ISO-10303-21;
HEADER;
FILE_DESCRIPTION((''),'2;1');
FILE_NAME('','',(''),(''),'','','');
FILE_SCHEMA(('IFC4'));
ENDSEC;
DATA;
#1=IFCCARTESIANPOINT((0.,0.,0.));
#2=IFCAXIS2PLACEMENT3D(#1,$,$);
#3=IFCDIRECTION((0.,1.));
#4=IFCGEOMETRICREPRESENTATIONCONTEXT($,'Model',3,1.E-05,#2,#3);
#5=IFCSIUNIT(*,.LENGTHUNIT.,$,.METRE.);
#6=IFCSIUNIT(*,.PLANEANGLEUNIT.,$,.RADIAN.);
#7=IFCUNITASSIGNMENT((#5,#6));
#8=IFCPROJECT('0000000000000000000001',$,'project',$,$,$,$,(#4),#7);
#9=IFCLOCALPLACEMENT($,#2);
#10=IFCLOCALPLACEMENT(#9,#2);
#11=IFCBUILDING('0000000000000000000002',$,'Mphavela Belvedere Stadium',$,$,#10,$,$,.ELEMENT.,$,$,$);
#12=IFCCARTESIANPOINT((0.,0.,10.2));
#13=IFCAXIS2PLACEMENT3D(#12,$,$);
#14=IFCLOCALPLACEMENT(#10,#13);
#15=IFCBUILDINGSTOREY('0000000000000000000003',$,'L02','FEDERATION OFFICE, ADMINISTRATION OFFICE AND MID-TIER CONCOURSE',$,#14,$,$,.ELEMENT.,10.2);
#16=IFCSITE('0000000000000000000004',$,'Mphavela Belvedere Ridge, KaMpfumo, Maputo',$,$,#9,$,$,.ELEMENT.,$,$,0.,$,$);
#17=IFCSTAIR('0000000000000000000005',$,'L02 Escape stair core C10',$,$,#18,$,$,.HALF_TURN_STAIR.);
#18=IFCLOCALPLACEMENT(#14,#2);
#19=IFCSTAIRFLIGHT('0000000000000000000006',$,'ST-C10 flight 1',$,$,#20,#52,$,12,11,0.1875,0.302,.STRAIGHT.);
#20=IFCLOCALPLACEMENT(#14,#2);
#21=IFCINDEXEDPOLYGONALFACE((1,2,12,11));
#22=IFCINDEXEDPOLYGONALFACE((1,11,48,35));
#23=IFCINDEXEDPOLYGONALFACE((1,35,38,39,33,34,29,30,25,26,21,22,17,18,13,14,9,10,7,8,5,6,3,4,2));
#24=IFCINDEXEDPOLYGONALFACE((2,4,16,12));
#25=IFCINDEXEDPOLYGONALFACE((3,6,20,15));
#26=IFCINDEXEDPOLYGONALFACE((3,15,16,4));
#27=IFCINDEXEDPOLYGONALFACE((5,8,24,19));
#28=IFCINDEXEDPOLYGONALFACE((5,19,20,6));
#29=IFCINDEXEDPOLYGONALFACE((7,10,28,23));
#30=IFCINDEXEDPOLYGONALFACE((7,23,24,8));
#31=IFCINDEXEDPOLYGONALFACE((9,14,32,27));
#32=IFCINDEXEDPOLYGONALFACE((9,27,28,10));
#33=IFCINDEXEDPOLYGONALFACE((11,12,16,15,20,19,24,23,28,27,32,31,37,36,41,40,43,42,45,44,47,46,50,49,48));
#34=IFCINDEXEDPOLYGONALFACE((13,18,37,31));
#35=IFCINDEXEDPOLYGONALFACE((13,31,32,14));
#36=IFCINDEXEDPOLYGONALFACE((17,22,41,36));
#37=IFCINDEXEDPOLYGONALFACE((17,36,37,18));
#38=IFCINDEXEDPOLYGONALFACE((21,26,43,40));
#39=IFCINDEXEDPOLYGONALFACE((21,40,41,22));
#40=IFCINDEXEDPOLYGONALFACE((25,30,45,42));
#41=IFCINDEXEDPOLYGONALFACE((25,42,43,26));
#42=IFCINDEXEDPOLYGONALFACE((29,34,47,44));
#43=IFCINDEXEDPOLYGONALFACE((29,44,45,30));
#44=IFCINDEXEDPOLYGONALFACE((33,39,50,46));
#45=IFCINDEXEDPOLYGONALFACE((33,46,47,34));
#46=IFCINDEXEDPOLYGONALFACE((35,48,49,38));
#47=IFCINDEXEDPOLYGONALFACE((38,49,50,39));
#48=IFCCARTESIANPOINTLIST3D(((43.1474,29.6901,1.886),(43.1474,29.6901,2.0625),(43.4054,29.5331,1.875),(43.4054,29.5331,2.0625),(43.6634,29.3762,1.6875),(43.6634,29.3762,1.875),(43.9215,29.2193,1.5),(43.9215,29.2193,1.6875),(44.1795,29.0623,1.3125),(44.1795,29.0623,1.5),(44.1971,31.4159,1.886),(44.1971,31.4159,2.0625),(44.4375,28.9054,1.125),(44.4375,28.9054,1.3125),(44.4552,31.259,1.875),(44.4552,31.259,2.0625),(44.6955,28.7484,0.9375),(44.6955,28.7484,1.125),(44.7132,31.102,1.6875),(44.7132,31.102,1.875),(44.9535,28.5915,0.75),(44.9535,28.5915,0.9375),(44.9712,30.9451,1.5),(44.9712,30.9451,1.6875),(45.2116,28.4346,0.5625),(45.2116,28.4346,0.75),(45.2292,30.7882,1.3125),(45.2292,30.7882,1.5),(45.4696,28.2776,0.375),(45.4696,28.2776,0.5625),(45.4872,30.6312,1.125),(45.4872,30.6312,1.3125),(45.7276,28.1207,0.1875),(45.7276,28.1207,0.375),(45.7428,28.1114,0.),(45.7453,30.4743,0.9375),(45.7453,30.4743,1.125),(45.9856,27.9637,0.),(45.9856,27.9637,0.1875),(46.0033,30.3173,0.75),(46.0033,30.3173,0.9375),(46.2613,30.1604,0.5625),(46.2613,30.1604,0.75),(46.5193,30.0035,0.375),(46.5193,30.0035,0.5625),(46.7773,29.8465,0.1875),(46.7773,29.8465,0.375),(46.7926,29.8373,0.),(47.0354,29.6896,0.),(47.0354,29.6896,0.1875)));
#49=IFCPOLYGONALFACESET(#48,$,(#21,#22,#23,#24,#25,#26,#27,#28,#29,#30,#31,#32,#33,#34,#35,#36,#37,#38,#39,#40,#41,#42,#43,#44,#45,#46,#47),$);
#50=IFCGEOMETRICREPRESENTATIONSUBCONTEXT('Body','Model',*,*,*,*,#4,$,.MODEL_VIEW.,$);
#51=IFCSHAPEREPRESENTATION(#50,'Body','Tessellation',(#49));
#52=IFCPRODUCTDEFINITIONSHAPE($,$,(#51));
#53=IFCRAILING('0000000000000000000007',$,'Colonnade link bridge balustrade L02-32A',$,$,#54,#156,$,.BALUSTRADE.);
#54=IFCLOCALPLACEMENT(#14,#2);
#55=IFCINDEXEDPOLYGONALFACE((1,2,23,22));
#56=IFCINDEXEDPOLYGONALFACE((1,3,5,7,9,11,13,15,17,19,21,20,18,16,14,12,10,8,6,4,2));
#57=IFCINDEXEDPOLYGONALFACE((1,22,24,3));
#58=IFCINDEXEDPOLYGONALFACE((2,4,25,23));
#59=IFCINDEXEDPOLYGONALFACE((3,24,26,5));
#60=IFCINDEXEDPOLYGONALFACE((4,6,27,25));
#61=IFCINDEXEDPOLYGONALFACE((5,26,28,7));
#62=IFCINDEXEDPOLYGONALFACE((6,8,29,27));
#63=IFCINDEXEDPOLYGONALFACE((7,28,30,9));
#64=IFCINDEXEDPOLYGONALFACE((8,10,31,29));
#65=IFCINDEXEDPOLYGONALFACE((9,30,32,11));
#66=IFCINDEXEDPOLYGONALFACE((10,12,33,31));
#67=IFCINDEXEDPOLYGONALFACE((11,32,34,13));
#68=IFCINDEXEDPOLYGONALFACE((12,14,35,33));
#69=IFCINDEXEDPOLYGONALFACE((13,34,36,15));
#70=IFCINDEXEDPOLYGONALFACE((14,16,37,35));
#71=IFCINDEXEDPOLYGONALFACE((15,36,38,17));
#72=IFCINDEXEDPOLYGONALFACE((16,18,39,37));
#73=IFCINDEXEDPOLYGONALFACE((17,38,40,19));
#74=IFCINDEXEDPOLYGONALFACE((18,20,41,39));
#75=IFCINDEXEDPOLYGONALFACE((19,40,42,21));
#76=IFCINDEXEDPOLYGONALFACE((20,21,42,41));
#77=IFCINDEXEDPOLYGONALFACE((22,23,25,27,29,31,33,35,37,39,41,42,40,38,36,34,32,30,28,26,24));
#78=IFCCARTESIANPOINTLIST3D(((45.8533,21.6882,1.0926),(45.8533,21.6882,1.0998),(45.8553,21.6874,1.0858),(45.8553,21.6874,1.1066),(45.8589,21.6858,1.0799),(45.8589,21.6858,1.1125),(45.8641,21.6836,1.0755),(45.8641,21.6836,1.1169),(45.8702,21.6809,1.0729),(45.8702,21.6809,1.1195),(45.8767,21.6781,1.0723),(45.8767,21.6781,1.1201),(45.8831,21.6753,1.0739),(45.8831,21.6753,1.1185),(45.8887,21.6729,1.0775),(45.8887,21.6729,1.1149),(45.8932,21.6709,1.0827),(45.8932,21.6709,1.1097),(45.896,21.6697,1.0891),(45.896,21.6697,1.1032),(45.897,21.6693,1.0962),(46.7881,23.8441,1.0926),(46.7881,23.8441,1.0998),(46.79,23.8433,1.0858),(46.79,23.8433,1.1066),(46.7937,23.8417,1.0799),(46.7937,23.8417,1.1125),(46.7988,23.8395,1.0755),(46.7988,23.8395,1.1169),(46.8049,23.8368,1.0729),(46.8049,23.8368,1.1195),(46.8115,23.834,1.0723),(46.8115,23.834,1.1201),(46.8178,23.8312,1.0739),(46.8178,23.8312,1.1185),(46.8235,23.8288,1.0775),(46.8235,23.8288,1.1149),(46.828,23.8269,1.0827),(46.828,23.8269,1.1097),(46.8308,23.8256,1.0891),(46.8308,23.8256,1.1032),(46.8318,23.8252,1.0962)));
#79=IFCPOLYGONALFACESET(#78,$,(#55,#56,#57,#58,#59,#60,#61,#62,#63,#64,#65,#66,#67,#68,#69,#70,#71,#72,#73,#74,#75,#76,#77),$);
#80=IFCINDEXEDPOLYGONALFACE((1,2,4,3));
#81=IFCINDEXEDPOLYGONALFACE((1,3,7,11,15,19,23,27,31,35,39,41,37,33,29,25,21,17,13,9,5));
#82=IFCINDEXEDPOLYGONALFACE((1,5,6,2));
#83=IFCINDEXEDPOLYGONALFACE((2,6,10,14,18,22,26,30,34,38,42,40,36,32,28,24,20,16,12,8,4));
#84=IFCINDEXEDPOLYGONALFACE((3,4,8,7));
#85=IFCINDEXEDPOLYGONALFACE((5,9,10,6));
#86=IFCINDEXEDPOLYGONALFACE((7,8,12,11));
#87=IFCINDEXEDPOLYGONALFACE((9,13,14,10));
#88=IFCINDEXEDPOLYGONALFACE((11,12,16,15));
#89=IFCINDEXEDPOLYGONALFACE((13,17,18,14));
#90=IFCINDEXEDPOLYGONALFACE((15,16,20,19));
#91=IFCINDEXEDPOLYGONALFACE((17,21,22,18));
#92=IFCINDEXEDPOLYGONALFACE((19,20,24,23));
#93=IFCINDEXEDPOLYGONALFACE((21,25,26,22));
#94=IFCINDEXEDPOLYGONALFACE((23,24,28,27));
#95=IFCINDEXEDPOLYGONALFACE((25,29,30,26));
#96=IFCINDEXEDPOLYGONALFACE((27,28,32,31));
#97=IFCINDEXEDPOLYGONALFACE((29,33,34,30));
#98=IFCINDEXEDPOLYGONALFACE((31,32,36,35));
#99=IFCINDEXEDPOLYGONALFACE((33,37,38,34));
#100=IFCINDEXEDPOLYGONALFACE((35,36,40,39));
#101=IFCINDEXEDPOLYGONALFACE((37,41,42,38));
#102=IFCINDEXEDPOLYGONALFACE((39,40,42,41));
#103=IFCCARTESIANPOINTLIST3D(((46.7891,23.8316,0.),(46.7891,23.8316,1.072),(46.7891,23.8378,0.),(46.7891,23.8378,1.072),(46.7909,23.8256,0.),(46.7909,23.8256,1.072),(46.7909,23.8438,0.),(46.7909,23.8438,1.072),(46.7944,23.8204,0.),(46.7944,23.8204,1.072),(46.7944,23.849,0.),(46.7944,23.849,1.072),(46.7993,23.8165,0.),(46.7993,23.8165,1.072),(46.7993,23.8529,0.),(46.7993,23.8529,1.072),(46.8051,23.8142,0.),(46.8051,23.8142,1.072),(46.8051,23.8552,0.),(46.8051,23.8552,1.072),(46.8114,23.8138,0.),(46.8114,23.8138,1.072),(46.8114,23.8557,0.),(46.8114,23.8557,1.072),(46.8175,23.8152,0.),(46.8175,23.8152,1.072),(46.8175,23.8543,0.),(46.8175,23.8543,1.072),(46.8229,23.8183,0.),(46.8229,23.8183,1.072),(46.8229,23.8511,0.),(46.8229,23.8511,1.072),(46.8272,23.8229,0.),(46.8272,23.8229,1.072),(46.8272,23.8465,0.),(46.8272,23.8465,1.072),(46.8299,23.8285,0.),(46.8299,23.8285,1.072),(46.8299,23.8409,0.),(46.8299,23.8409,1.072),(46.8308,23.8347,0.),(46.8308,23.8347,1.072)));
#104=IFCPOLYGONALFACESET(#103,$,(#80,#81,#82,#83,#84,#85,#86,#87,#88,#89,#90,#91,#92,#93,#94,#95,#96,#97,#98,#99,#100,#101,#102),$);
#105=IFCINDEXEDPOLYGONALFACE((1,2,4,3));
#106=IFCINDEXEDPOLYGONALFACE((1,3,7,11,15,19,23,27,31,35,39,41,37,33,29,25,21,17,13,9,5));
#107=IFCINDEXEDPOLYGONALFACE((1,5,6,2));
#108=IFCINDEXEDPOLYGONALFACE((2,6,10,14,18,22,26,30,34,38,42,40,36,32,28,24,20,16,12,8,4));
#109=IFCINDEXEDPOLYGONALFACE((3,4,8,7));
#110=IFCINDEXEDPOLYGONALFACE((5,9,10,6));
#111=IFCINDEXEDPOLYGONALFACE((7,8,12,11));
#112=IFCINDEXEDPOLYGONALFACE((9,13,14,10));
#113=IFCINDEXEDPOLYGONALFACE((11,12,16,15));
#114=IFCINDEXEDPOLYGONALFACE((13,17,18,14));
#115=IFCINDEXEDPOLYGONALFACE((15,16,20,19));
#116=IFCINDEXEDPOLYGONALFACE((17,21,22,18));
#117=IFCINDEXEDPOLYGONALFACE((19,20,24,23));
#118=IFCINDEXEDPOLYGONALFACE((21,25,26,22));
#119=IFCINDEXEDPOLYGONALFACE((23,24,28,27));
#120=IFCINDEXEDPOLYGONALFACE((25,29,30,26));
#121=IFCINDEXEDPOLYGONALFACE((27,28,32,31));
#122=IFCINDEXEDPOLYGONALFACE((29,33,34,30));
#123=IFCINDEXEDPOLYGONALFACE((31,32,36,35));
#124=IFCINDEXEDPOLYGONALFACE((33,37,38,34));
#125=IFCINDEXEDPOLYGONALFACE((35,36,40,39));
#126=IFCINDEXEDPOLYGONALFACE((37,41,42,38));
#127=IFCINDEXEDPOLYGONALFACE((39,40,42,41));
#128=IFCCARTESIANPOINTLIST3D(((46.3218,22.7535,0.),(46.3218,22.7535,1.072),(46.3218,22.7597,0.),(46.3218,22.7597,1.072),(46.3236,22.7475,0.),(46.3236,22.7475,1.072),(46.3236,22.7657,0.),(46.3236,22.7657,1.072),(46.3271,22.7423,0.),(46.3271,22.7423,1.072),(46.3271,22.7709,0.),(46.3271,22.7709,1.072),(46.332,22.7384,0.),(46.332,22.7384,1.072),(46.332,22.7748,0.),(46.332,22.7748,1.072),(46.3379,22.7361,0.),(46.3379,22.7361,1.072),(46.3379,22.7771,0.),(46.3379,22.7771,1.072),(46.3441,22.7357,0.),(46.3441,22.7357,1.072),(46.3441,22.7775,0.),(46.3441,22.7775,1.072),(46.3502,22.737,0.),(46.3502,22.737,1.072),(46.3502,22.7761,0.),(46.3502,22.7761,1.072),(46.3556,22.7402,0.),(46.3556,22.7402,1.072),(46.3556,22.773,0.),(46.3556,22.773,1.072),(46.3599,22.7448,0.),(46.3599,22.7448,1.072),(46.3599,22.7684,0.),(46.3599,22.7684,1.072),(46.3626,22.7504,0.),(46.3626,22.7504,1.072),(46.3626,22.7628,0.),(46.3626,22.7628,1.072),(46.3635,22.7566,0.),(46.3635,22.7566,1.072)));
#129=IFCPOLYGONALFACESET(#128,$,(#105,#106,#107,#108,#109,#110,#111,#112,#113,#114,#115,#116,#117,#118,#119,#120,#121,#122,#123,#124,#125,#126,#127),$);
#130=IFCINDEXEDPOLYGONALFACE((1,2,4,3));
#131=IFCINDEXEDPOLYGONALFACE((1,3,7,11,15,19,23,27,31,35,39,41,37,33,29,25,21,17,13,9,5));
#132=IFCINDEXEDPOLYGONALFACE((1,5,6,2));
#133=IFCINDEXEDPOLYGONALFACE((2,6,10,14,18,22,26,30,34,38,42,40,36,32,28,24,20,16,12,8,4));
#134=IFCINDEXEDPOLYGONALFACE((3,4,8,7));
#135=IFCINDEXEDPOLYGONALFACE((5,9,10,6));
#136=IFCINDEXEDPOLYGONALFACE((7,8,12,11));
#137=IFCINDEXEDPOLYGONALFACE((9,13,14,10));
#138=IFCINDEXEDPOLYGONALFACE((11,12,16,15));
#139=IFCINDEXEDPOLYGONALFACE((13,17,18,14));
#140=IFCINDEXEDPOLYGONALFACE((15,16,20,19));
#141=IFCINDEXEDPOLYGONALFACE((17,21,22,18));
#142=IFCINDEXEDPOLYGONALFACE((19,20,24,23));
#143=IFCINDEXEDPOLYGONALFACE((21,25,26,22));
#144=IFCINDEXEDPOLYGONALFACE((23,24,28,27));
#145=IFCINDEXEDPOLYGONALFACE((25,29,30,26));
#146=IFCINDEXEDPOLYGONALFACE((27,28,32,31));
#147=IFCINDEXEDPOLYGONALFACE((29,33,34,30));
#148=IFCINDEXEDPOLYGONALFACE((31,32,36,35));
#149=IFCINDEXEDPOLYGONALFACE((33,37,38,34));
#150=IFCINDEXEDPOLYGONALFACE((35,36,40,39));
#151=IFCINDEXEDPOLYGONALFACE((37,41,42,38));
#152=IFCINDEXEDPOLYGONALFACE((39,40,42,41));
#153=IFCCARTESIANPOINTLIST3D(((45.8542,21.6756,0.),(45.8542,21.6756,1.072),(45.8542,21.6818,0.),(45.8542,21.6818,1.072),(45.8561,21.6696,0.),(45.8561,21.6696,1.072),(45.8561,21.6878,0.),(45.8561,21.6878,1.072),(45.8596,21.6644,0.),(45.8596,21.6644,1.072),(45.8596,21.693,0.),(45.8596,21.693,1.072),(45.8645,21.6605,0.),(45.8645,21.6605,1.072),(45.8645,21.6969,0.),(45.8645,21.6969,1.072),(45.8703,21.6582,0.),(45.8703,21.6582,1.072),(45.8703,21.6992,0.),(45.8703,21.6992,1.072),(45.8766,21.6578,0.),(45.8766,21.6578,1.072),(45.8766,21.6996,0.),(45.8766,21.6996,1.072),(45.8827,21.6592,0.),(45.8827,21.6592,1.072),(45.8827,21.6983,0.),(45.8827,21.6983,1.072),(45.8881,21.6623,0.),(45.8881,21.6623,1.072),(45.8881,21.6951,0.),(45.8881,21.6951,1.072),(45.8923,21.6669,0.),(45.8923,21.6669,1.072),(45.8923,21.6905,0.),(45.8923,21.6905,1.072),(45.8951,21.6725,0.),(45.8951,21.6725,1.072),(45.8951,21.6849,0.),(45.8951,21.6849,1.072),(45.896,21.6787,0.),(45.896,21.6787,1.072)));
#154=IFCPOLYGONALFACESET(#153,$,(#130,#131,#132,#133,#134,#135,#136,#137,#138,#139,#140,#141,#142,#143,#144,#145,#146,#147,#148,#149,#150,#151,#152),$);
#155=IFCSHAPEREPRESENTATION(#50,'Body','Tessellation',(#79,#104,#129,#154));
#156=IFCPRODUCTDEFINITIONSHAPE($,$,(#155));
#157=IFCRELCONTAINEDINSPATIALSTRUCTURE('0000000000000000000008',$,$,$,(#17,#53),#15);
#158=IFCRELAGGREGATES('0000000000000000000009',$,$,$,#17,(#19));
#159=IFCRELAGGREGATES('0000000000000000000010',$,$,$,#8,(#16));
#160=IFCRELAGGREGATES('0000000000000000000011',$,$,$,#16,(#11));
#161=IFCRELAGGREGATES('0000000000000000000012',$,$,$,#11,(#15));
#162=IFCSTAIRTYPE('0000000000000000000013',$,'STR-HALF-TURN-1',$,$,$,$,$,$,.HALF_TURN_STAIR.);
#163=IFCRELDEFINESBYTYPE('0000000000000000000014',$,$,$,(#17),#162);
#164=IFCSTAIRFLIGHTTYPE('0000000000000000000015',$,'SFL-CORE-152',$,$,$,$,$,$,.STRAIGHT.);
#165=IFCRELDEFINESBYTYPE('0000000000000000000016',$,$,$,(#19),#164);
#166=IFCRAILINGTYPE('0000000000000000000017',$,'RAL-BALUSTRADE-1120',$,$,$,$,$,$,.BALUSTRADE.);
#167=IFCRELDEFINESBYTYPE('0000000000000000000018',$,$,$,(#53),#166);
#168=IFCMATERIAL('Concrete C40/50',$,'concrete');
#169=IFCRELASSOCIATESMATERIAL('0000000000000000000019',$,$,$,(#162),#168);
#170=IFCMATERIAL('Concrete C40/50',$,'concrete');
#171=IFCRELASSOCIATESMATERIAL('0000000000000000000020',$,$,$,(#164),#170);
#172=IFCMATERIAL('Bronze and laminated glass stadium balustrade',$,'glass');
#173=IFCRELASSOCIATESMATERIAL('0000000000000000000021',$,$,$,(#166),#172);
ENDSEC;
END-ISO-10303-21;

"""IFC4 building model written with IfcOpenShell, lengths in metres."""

from ifc_helpers import new_model, si_unit, direction, frame, origin, origin_2d, place, context, subcontext, project, spatial, polyline, circle, outline, extrude, material, type_object, element, aggregate, save


model = new_model("IFC4")

# Units and contexts
model_context = context("Model", 3, precision=1e-05, world=origin(), true_north=direction((0.0, 1.0)))
body_context = subcontext(model_context, "Body", "Model", "MODEL_VIEW")
ifc_project = project(units=[si_unit("LENGTHUNIT", "METRE"), si_unit("PLANEANGLEUNIT", "RADIAN")], contexts=[model_context])

# Site, building, storey
site_placement = place(None, origin())
site = spatial("IfcSite", under=ifc_project, at=site_placement, Name="Mphavela Belvedere Ridge, KaMpfumo, Maputo", CompositionType="ELEMENT", RefElevation=0.0)
building_placement = place(site_placement, origin())
building = spatial("IfcBuilding", under=site, at=building_placement, Name="Mphavela Belvedere Stadium", CompositionType="ELEMENT")
storey_placement = place(building_placement, frame((0.0, 0.0, 10.2)))
storey = spatial("IfcBuildingStorey", under=building, at=storey_placement, Name="L02", Description="FEDERATION OFFICE, ADMINISTRATION OFFICE AND MID-TIER CONCOURSE", CompositionType="ELEMENT", Elevation=10.2)

# Stair, stair flight
ifc_material_1 = material(Name="Concrete C40/50", Category="concrete")
stair_type = type_object("IfcStairType", Name="STR-HALF-TURN-1", PredefinedType="HALF_TURN_STAIR", material=ifc_material_1)
stair_placement = place(storey_placement, origin())
stair = element("IfcStair", 1, at=stair_placement, inside=storey, type_object=stair_type, Name="L02 Escape stair core C10", PredefinedType="HALF_TURN_STAIR")
ifc_material_2 = material(Name="Concrete C40/50", Category="concrete")
stair_flight_type = type_object("IfcStairFlightType", Name="SFL-CORE-152", PredefinedType="STRAIGHT", material=ifc_material_2)
stair_flight_placement = place(storey_placement, frame((46.5105, 28.8267, 0.0), z_axis=(0.0, 0.0, 1.0), x_axis=(-0.854368, 0.519668, 0.0)))
stair_flight = element("IfcStairFlight", 2, at=stair_flight_placement, type_object=stair_flight_type, Name="ST-C10 flight 1", NumberOfRisers=12, NumberOfTreads=11, PredefinedType="STRAIGHT", RiserHeight=0.1875, TreadLength=0.302, context=body_context, shape_type="SweptSolid", body=[
    extrude(outline(polyline([(0.0, 0.0), (0.0, 0.1875), (0.302, 0.1875), (0.302, 0.375), (0.604, 0.375), (0.604, 0.5625), (0.906, 0.5625), (0.906, 0.75), (1.208, 0.75), (1.208, 0.9375), (1.51, 0.9375), (1.51, 1.125), (1.812, 1.125), (1.812, 1.3125), (2.114, 1.3125), (2.114, 1.5), (2.416, 1.5), (2.416, 1.6875), (2.718, 1.6875), (2.718, 1.875), (3.02, 1.875), (3.02, 2.0625), (3.322, 2.0625), (3.322, 2.25), (3.322, 1.886), (0.2842, 0.0), (0.0, 0.0)])), frame((0.0, 1.01, 0.0), z_axis=(0.0, -1.0, 0.0), x_axis=(1.0, 0.0, 0.0)), (0.0, 0.0, 1.0), 2.02),
])
aggregate(stair, [stair_flight])

# Railing
ifc_material_3 = material(Name="Bronze and laminated glass stadium balustrade", Category="glass")
railing_type_1 = type_object("IfcRailingType", Name="RAL-BALUSTRADE-1120", PredefinedType="BALUSTRADE", material=ifc_material_3)
railing_1_placement = place(storey_placement, frame((46.8098, 23.8347, 0.0)))
element("IfcRailing", 3, at=railing_1_placement, inside=storey, type_object=railing_type_1, Name="Colonnade link bridge balustrade L02-32A", PredefinedType="BALUSTRADE", context=body_context, shape_type="SweptSolid", body=[
    extrude(circle(Radius=0.0239, at=origin_2d()), frame((0.0, 0.0, 1.0962), z_axis=(-0.397803, -0.917471, 0.0), x_axis=(0.917471, -0.397803, 0.0)), (0.0, 0.0, 1.0), 2.3499),
    extrude(circle(Radius=0.021, at=origin_2d()), origin(), (0.0, 0.0, 1.0), 1.072),
    extrude(circle(Radius=0.021, at=origin_2d()), frame((-0.4673, -1.0781, 0.0)), (0.0, 0.0, 1.0), 1.072),
    extrude(circle(Radius=0.021, at=origin_2d()), frame((-0.9348, -2.156, 0.0)), (0.0, 0.0, 1.0), 1.072),
])

save(model, "model.ifc")
